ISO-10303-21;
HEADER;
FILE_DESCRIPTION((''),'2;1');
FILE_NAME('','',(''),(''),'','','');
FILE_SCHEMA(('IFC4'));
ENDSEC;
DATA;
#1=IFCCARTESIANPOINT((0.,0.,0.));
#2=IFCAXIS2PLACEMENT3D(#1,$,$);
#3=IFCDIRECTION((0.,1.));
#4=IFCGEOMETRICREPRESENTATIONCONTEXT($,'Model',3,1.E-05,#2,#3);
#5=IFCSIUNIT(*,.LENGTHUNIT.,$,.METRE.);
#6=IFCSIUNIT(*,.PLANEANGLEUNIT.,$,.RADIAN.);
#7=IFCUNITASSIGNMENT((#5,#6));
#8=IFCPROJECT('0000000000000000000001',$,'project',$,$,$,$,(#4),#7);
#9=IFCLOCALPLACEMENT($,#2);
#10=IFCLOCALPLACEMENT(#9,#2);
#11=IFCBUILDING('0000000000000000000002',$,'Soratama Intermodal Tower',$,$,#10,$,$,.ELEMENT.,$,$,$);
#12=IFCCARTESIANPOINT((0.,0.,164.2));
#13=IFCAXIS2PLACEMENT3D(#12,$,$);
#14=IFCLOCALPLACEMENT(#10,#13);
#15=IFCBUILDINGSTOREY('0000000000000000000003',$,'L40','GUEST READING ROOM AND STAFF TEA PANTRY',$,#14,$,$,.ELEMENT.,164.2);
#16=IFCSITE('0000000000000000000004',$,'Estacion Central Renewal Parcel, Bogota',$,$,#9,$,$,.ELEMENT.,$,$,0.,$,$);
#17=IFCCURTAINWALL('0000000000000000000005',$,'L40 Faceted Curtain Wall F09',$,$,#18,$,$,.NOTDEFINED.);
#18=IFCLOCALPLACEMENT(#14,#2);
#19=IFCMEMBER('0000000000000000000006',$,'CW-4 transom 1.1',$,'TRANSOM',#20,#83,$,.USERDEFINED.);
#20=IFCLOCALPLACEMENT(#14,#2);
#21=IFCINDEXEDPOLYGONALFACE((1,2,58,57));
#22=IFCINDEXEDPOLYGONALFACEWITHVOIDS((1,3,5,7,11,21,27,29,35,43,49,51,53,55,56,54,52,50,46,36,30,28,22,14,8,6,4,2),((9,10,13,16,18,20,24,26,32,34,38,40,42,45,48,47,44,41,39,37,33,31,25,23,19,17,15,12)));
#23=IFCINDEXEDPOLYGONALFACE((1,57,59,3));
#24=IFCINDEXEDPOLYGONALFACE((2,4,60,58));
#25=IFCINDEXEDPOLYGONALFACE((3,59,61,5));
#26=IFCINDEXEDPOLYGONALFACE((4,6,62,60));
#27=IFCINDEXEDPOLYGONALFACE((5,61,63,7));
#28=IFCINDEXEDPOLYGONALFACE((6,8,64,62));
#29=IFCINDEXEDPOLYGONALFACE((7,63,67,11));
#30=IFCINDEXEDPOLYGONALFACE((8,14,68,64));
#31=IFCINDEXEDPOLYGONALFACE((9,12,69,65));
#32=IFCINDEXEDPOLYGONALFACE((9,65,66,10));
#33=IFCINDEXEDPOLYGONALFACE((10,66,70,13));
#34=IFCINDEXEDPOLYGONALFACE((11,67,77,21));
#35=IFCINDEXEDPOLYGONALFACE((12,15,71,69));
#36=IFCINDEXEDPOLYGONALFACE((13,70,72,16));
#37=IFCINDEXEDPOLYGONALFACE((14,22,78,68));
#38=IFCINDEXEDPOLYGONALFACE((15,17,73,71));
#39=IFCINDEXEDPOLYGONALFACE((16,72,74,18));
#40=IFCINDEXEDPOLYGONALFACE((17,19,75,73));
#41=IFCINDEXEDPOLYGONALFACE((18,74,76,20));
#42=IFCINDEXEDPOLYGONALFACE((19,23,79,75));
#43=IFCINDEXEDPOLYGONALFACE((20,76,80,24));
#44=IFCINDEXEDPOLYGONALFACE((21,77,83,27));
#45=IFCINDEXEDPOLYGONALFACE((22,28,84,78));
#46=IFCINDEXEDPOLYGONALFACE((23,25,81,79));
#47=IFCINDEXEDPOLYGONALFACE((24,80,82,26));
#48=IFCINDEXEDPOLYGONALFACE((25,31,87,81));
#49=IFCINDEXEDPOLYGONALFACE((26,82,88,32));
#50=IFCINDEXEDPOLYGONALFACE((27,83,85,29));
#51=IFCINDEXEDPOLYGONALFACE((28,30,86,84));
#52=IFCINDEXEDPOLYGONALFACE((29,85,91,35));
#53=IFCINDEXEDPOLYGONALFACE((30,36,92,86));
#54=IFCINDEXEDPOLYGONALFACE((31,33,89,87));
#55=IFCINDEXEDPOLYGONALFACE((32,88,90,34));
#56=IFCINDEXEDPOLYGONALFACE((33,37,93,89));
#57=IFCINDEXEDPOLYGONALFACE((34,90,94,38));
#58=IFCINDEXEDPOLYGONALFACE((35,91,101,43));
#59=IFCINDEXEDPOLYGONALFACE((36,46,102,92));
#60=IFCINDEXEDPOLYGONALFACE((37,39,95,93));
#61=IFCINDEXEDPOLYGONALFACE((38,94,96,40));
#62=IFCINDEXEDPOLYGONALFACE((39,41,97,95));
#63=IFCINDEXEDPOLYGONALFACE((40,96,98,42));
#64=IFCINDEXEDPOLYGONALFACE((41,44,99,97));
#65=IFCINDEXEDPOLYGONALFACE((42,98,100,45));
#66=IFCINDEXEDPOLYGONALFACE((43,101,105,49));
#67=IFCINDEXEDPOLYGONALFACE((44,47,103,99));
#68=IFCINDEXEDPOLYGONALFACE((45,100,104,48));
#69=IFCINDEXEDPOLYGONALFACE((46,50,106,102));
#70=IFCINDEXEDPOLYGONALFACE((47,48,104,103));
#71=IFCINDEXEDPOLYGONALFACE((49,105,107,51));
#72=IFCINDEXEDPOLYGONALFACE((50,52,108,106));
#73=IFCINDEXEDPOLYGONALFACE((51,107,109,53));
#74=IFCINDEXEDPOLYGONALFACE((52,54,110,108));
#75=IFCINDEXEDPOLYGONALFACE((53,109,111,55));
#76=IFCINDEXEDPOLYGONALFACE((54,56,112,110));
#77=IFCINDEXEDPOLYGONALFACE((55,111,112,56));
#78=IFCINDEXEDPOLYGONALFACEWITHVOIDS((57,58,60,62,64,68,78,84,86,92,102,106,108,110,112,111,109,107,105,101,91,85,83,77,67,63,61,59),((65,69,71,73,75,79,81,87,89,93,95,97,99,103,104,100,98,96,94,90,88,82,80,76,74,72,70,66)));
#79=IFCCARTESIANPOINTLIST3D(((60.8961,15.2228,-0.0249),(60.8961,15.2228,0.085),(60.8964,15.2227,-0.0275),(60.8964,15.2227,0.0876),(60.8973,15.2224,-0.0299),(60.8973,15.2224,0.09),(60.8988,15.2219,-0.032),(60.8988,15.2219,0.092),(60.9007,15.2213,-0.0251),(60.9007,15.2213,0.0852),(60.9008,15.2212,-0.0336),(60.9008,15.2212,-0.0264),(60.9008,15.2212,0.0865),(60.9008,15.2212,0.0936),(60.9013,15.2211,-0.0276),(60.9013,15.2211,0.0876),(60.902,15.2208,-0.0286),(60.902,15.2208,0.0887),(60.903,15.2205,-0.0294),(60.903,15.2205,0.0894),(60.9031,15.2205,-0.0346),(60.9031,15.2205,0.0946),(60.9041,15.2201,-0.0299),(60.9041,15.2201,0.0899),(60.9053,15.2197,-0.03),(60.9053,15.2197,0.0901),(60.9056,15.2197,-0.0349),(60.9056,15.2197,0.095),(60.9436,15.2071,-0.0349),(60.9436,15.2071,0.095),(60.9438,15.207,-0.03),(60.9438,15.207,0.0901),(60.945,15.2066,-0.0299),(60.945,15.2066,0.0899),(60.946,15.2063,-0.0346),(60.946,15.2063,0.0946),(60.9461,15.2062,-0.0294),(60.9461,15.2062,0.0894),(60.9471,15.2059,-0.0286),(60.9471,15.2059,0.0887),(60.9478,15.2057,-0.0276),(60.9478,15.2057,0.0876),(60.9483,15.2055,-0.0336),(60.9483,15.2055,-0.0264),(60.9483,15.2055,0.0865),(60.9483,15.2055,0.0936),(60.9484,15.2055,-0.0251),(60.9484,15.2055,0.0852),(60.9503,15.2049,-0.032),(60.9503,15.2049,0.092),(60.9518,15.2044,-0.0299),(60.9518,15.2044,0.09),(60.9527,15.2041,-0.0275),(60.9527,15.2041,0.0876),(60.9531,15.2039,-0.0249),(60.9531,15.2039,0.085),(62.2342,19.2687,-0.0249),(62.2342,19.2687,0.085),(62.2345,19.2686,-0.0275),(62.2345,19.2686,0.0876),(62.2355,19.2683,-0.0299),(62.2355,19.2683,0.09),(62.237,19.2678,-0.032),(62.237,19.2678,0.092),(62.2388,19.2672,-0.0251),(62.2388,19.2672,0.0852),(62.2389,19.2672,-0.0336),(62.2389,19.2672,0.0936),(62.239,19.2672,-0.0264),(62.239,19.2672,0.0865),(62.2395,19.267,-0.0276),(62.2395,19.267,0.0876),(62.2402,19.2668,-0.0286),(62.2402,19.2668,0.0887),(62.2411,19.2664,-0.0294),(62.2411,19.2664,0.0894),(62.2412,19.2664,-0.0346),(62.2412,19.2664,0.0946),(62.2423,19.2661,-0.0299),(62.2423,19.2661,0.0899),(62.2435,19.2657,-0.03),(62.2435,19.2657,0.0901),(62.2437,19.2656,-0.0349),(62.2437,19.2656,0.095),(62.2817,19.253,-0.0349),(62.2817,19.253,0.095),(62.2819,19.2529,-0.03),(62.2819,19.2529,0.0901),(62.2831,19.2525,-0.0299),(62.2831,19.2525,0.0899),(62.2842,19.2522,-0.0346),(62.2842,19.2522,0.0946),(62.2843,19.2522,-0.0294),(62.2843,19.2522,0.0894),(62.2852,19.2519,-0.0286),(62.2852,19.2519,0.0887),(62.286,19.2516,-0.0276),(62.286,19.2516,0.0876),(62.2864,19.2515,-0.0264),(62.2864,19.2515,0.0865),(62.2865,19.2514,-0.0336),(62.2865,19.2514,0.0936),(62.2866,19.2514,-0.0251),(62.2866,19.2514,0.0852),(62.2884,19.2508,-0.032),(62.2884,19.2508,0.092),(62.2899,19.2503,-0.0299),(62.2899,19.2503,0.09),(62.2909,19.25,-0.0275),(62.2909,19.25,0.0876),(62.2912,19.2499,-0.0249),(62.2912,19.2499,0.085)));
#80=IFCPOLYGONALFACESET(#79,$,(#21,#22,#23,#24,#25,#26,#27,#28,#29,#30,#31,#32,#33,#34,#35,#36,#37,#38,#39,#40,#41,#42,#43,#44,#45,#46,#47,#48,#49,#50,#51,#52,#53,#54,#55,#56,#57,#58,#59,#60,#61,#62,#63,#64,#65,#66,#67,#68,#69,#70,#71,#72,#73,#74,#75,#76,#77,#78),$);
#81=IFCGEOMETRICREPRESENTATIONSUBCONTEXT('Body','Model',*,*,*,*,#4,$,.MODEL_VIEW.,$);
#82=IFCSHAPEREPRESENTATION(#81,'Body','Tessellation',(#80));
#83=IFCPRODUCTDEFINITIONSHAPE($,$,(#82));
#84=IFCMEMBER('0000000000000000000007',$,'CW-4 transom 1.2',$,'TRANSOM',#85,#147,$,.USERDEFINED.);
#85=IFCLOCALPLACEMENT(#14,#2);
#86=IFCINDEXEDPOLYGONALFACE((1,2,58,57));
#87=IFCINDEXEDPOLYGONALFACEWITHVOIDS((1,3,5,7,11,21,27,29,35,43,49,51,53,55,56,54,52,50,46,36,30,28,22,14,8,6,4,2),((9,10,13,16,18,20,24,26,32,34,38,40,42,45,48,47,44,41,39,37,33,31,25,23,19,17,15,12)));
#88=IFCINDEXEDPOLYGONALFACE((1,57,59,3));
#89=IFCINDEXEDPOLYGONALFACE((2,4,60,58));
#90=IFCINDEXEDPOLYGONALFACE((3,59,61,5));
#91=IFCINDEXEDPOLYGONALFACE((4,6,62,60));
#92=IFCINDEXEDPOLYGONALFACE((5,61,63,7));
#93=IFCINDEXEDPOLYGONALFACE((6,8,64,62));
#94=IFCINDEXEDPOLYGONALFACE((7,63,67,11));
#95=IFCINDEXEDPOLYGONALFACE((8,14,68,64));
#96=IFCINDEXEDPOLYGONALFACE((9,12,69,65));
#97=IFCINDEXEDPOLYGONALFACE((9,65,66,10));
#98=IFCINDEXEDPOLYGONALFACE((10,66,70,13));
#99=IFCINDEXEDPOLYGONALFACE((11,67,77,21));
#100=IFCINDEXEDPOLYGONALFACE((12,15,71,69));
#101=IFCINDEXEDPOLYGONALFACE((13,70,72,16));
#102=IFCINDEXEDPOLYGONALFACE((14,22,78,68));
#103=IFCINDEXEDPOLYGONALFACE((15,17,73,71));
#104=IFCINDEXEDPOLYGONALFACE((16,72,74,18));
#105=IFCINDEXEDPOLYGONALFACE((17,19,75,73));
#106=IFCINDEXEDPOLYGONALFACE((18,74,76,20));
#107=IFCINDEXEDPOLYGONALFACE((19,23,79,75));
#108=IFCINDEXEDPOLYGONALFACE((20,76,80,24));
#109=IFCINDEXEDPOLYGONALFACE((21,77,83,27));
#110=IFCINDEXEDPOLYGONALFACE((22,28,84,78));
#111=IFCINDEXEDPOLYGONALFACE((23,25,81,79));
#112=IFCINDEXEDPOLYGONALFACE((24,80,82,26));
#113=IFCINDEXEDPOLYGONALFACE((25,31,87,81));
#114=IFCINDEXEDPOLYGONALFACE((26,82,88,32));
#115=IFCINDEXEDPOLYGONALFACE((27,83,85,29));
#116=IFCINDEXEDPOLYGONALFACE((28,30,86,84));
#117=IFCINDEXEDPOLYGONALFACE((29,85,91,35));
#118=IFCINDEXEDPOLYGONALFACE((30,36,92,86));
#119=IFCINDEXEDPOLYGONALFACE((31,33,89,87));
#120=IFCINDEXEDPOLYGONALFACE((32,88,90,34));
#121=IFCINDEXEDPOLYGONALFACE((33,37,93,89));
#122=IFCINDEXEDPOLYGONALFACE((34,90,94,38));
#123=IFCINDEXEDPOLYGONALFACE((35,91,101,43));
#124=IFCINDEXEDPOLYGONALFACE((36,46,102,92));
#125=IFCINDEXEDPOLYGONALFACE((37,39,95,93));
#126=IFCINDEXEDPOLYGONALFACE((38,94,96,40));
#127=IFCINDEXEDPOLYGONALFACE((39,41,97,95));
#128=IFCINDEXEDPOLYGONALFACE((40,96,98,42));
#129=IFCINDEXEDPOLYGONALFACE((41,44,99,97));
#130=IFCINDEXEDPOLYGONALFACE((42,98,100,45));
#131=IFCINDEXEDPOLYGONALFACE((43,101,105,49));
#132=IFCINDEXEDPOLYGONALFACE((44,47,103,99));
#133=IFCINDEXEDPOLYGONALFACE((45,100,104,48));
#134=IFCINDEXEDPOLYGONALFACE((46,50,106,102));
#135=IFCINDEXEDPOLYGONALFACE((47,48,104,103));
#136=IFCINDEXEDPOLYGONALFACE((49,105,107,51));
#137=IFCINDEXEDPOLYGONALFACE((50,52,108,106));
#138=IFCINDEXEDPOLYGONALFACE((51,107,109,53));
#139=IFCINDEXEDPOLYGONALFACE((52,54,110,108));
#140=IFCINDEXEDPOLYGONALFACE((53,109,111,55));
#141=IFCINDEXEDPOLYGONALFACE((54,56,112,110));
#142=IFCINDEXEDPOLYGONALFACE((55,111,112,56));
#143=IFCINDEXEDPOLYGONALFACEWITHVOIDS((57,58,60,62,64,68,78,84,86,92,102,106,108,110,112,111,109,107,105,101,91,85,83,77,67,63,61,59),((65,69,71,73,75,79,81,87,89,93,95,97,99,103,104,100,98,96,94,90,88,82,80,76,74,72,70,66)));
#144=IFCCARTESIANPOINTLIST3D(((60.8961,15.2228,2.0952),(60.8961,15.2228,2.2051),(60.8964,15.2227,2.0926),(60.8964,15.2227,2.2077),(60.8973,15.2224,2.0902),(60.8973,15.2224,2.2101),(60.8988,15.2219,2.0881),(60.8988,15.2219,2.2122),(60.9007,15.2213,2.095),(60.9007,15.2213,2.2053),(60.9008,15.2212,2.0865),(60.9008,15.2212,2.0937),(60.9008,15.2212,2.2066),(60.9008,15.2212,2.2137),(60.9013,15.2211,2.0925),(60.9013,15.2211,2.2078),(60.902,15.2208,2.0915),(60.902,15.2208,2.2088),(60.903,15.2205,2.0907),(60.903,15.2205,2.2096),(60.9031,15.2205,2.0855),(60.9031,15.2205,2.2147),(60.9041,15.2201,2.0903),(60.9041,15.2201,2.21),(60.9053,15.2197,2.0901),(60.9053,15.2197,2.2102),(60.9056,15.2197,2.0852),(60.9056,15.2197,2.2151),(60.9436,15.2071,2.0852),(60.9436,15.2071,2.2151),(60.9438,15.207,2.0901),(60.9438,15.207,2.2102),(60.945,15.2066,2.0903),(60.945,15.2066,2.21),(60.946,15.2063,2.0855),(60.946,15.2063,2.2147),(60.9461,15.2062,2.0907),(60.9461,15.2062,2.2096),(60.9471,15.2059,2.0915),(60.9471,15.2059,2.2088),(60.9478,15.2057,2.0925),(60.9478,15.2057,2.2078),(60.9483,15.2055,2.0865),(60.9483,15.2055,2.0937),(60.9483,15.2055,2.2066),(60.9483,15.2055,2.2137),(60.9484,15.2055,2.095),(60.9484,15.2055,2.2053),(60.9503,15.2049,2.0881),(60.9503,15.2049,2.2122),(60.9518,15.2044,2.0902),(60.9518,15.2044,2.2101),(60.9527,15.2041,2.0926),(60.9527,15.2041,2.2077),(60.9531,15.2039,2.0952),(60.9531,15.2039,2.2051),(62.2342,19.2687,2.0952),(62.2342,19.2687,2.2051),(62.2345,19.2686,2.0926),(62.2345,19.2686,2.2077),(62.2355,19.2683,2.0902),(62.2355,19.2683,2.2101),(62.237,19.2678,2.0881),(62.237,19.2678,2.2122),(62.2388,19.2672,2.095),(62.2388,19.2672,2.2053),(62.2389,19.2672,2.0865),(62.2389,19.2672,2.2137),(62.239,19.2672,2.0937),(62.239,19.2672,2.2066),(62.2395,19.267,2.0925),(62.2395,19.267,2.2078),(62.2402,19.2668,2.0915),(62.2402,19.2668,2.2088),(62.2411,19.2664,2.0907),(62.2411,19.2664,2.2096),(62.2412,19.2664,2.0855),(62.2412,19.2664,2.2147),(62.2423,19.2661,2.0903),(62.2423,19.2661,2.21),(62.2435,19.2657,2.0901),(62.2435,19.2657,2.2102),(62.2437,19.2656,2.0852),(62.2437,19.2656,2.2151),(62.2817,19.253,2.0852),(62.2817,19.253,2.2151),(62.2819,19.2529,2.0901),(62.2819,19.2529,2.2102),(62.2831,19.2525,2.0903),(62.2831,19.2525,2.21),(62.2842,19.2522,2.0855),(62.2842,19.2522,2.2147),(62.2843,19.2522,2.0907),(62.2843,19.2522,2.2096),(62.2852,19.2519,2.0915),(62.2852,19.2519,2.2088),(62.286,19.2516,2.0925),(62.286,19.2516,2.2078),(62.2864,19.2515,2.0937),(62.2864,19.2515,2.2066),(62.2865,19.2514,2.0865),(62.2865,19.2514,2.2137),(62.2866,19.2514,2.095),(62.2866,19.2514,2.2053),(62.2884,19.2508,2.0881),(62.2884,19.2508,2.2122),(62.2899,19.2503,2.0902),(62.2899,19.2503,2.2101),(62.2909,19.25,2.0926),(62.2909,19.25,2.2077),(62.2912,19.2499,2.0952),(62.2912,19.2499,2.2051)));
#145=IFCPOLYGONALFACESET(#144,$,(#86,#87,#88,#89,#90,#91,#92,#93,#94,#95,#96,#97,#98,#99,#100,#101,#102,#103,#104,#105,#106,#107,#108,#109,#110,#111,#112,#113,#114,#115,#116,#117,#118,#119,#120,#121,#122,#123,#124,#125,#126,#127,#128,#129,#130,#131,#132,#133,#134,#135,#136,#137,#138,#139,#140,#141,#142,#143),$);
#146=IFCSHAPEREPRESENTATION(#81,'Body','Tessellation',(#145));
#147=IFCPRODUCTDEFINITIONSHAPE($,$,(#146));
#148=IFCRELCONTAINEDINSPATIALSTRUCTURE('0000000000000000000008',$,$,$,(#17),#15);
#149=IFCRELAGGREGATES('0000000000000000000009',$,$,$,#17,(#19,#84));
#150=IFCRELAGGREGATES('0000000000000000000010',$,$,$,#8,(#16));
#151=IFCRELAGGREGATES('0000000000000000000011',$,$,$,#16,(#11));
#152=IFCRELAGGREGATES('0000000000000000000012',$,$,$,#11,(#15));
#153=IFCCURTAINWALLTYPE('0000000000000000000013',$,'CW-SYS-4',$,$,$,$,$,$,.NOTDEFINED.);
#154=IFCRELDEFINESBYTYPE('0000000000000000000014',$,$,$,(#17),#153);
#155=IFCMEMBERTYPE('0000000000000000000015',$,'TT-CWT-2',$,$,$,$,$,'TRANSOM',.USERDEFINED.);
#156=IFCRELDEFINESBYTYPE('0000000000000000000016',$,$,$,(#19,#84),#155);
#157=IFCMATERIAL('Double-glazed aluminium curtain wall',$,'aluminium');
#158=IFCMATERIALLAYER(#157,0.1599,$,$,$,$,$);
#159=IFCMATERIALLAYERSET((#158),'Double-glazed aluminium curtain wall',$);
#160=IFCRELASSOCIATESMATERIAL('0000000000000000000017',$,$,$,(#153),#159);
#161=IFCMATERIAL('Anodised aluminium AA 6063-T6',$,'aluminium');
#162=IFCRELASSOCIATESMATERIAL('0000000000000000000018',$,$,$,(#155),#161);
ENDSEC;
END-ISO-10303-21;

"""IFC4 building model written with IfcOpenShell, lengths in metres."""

from ifc_helpers import new_model, si_unit, direction, frame, origin, origin_2d, place, context, subcontext, project, spatial, hollow_rectangle, extrude, material, layer, layer_set, material_profile, profile_set, type_object, element, aggregate, save


model = new_model("IFC4")

# Units and contexts
model_context = context("Model", 3, precision=1e-05, world=origin(), true_north=direction((0.0, 1.0)))
body_context = subcontext(model_context, "Body", "Model", "MODEL_VIEW")
ifc_project = project(units=[si_unit("LENGTHUNIT", "METRE"), si_unit("PLANEANGLEUNIT", "RADIAN")], contexts=[model_context])

# Site, building, storey
site_placement = place(None, origin())
site = spatial("IfcSite", under=ifc_project, at=site_placement, Name="Estacion Central Renewal Parcel, Bogota", CompositionType="ELEMENT", RefElevation=0.0)
building_placement = place(site_placement, origin())
building = spatial("IfcBuilding", under=site, at=building_placement, Name="Soratama Intermodal Tower", CompositionType="ELEMENT")
storey_placement = place(building_placement, frame((0.0, 0.0, 164.2)))
storey = spatial("IfcBuildingStorey", under=building, at=storey_placement, Name="L40", Description="GUEST READING ROOM AND STAFF TEA PANTRY", CompositionType="ELEMENT", Elevation=164.2)

# Curtain wall, members
ifc_material_1 = material(Name="Double-glazed aluminium curtain wall", Category="aluminium")
ifc_layer_1 = layer(ifc_material_1, 0.1599)
ifc_layer_set_1 = layer_set([ifc_layer_1], Name="Double-glazed aluminium curtain wall")
curtain_wall_type = type_object("IfcCurtainWallType", Name="CW-SYS-4", PredefinedType="NOTDEFINED", material=ifc_layer_set_1)
curtain_wall_placement = place(storey_placement, origin())
curtain_wall = element("IfcCurtainWall", 1, at=curtain_wall_placement, inside=storey, type_object=curtain_wall_type, Name="L40 Faceted Curtain Wall F09", PredefinedType="NOTDEFINED")
ifc_material_2 = material(Name="Anodised aluminium AA 6063-T6", Category="aluminium")
ifc_material_profile_1 = material_profile(ifc_material_2, hollow_rectangle(XDim=0.0601, YDim=0.1299, WallThickness=0.0049, InnerFilletRadius=0.0049, OuterFilletRadius=0.01, at=origin_2d()), Name="CWT130X60X5")
ifc_profile_set_1 = profile_set([ifc_material_profile_1], Name="Anodised aluminium AA 6063-T6")
member_type_1 = type_object("IfcMemberType", Name="TT-CWT-2", ElementType="TRANSOM", PredefinedType="USERDEFINED", material=ifc_profile_set_1)
member_1_placement = place(storey_placement, frame((60.9246, 15.2134, 0.03), z_axis=(0.31401, 0.94942, 0.0), x_axis=(-0.94942, 0.31401, 0.0)))
member_1 = element("IfcMember", 2, at=member_1_placement, type_object=member_type_1, Name="CW-4 transom 1.1", ObjectType="TRANSOM", PredefinedType="USERDEFINED", context=body_context, shape_type="SweptSolid", body=[
    extrude(hollow_rectangle(XDim=0.0601, YDim=0.1299, WallThickness=0.0049, InnerFilletRadius=0.0049, OuterFilletRadius=0.01, at=origin_2d()), origin(), (0.0, 0.0, 1.0), 4.2615),
])
member_2_placement = place(storey_placement, frame((60.9246, 15.2134, 2.1501), z_axis=(0.31401, 0.94942, 0.0), x_axis=(-0.94942, 0.31401, 0.0)))
member_2 = element("IfcMember", 3, at=member_2_placement, type_object=member_type_1, Name="CW-4 transom 1.2", ObjectType="TRANSOM", PredefinedType="USERDEFINED", context=body_context, shape_type="SweptSolid", body=[
    extrude(hollow_rectangle(XDim=0.0601, YDim=0.1299, WallThickness=0.0049, InnerFilletRadius=0.0049, OuterFilletRadius=0.01, at=origin_2d()), origin(), (0.0, 0.0, 1.0), 4.2615),
])
aggregate(curtain_wall, [member_1, member_2])

save(model, "model.ifc")
